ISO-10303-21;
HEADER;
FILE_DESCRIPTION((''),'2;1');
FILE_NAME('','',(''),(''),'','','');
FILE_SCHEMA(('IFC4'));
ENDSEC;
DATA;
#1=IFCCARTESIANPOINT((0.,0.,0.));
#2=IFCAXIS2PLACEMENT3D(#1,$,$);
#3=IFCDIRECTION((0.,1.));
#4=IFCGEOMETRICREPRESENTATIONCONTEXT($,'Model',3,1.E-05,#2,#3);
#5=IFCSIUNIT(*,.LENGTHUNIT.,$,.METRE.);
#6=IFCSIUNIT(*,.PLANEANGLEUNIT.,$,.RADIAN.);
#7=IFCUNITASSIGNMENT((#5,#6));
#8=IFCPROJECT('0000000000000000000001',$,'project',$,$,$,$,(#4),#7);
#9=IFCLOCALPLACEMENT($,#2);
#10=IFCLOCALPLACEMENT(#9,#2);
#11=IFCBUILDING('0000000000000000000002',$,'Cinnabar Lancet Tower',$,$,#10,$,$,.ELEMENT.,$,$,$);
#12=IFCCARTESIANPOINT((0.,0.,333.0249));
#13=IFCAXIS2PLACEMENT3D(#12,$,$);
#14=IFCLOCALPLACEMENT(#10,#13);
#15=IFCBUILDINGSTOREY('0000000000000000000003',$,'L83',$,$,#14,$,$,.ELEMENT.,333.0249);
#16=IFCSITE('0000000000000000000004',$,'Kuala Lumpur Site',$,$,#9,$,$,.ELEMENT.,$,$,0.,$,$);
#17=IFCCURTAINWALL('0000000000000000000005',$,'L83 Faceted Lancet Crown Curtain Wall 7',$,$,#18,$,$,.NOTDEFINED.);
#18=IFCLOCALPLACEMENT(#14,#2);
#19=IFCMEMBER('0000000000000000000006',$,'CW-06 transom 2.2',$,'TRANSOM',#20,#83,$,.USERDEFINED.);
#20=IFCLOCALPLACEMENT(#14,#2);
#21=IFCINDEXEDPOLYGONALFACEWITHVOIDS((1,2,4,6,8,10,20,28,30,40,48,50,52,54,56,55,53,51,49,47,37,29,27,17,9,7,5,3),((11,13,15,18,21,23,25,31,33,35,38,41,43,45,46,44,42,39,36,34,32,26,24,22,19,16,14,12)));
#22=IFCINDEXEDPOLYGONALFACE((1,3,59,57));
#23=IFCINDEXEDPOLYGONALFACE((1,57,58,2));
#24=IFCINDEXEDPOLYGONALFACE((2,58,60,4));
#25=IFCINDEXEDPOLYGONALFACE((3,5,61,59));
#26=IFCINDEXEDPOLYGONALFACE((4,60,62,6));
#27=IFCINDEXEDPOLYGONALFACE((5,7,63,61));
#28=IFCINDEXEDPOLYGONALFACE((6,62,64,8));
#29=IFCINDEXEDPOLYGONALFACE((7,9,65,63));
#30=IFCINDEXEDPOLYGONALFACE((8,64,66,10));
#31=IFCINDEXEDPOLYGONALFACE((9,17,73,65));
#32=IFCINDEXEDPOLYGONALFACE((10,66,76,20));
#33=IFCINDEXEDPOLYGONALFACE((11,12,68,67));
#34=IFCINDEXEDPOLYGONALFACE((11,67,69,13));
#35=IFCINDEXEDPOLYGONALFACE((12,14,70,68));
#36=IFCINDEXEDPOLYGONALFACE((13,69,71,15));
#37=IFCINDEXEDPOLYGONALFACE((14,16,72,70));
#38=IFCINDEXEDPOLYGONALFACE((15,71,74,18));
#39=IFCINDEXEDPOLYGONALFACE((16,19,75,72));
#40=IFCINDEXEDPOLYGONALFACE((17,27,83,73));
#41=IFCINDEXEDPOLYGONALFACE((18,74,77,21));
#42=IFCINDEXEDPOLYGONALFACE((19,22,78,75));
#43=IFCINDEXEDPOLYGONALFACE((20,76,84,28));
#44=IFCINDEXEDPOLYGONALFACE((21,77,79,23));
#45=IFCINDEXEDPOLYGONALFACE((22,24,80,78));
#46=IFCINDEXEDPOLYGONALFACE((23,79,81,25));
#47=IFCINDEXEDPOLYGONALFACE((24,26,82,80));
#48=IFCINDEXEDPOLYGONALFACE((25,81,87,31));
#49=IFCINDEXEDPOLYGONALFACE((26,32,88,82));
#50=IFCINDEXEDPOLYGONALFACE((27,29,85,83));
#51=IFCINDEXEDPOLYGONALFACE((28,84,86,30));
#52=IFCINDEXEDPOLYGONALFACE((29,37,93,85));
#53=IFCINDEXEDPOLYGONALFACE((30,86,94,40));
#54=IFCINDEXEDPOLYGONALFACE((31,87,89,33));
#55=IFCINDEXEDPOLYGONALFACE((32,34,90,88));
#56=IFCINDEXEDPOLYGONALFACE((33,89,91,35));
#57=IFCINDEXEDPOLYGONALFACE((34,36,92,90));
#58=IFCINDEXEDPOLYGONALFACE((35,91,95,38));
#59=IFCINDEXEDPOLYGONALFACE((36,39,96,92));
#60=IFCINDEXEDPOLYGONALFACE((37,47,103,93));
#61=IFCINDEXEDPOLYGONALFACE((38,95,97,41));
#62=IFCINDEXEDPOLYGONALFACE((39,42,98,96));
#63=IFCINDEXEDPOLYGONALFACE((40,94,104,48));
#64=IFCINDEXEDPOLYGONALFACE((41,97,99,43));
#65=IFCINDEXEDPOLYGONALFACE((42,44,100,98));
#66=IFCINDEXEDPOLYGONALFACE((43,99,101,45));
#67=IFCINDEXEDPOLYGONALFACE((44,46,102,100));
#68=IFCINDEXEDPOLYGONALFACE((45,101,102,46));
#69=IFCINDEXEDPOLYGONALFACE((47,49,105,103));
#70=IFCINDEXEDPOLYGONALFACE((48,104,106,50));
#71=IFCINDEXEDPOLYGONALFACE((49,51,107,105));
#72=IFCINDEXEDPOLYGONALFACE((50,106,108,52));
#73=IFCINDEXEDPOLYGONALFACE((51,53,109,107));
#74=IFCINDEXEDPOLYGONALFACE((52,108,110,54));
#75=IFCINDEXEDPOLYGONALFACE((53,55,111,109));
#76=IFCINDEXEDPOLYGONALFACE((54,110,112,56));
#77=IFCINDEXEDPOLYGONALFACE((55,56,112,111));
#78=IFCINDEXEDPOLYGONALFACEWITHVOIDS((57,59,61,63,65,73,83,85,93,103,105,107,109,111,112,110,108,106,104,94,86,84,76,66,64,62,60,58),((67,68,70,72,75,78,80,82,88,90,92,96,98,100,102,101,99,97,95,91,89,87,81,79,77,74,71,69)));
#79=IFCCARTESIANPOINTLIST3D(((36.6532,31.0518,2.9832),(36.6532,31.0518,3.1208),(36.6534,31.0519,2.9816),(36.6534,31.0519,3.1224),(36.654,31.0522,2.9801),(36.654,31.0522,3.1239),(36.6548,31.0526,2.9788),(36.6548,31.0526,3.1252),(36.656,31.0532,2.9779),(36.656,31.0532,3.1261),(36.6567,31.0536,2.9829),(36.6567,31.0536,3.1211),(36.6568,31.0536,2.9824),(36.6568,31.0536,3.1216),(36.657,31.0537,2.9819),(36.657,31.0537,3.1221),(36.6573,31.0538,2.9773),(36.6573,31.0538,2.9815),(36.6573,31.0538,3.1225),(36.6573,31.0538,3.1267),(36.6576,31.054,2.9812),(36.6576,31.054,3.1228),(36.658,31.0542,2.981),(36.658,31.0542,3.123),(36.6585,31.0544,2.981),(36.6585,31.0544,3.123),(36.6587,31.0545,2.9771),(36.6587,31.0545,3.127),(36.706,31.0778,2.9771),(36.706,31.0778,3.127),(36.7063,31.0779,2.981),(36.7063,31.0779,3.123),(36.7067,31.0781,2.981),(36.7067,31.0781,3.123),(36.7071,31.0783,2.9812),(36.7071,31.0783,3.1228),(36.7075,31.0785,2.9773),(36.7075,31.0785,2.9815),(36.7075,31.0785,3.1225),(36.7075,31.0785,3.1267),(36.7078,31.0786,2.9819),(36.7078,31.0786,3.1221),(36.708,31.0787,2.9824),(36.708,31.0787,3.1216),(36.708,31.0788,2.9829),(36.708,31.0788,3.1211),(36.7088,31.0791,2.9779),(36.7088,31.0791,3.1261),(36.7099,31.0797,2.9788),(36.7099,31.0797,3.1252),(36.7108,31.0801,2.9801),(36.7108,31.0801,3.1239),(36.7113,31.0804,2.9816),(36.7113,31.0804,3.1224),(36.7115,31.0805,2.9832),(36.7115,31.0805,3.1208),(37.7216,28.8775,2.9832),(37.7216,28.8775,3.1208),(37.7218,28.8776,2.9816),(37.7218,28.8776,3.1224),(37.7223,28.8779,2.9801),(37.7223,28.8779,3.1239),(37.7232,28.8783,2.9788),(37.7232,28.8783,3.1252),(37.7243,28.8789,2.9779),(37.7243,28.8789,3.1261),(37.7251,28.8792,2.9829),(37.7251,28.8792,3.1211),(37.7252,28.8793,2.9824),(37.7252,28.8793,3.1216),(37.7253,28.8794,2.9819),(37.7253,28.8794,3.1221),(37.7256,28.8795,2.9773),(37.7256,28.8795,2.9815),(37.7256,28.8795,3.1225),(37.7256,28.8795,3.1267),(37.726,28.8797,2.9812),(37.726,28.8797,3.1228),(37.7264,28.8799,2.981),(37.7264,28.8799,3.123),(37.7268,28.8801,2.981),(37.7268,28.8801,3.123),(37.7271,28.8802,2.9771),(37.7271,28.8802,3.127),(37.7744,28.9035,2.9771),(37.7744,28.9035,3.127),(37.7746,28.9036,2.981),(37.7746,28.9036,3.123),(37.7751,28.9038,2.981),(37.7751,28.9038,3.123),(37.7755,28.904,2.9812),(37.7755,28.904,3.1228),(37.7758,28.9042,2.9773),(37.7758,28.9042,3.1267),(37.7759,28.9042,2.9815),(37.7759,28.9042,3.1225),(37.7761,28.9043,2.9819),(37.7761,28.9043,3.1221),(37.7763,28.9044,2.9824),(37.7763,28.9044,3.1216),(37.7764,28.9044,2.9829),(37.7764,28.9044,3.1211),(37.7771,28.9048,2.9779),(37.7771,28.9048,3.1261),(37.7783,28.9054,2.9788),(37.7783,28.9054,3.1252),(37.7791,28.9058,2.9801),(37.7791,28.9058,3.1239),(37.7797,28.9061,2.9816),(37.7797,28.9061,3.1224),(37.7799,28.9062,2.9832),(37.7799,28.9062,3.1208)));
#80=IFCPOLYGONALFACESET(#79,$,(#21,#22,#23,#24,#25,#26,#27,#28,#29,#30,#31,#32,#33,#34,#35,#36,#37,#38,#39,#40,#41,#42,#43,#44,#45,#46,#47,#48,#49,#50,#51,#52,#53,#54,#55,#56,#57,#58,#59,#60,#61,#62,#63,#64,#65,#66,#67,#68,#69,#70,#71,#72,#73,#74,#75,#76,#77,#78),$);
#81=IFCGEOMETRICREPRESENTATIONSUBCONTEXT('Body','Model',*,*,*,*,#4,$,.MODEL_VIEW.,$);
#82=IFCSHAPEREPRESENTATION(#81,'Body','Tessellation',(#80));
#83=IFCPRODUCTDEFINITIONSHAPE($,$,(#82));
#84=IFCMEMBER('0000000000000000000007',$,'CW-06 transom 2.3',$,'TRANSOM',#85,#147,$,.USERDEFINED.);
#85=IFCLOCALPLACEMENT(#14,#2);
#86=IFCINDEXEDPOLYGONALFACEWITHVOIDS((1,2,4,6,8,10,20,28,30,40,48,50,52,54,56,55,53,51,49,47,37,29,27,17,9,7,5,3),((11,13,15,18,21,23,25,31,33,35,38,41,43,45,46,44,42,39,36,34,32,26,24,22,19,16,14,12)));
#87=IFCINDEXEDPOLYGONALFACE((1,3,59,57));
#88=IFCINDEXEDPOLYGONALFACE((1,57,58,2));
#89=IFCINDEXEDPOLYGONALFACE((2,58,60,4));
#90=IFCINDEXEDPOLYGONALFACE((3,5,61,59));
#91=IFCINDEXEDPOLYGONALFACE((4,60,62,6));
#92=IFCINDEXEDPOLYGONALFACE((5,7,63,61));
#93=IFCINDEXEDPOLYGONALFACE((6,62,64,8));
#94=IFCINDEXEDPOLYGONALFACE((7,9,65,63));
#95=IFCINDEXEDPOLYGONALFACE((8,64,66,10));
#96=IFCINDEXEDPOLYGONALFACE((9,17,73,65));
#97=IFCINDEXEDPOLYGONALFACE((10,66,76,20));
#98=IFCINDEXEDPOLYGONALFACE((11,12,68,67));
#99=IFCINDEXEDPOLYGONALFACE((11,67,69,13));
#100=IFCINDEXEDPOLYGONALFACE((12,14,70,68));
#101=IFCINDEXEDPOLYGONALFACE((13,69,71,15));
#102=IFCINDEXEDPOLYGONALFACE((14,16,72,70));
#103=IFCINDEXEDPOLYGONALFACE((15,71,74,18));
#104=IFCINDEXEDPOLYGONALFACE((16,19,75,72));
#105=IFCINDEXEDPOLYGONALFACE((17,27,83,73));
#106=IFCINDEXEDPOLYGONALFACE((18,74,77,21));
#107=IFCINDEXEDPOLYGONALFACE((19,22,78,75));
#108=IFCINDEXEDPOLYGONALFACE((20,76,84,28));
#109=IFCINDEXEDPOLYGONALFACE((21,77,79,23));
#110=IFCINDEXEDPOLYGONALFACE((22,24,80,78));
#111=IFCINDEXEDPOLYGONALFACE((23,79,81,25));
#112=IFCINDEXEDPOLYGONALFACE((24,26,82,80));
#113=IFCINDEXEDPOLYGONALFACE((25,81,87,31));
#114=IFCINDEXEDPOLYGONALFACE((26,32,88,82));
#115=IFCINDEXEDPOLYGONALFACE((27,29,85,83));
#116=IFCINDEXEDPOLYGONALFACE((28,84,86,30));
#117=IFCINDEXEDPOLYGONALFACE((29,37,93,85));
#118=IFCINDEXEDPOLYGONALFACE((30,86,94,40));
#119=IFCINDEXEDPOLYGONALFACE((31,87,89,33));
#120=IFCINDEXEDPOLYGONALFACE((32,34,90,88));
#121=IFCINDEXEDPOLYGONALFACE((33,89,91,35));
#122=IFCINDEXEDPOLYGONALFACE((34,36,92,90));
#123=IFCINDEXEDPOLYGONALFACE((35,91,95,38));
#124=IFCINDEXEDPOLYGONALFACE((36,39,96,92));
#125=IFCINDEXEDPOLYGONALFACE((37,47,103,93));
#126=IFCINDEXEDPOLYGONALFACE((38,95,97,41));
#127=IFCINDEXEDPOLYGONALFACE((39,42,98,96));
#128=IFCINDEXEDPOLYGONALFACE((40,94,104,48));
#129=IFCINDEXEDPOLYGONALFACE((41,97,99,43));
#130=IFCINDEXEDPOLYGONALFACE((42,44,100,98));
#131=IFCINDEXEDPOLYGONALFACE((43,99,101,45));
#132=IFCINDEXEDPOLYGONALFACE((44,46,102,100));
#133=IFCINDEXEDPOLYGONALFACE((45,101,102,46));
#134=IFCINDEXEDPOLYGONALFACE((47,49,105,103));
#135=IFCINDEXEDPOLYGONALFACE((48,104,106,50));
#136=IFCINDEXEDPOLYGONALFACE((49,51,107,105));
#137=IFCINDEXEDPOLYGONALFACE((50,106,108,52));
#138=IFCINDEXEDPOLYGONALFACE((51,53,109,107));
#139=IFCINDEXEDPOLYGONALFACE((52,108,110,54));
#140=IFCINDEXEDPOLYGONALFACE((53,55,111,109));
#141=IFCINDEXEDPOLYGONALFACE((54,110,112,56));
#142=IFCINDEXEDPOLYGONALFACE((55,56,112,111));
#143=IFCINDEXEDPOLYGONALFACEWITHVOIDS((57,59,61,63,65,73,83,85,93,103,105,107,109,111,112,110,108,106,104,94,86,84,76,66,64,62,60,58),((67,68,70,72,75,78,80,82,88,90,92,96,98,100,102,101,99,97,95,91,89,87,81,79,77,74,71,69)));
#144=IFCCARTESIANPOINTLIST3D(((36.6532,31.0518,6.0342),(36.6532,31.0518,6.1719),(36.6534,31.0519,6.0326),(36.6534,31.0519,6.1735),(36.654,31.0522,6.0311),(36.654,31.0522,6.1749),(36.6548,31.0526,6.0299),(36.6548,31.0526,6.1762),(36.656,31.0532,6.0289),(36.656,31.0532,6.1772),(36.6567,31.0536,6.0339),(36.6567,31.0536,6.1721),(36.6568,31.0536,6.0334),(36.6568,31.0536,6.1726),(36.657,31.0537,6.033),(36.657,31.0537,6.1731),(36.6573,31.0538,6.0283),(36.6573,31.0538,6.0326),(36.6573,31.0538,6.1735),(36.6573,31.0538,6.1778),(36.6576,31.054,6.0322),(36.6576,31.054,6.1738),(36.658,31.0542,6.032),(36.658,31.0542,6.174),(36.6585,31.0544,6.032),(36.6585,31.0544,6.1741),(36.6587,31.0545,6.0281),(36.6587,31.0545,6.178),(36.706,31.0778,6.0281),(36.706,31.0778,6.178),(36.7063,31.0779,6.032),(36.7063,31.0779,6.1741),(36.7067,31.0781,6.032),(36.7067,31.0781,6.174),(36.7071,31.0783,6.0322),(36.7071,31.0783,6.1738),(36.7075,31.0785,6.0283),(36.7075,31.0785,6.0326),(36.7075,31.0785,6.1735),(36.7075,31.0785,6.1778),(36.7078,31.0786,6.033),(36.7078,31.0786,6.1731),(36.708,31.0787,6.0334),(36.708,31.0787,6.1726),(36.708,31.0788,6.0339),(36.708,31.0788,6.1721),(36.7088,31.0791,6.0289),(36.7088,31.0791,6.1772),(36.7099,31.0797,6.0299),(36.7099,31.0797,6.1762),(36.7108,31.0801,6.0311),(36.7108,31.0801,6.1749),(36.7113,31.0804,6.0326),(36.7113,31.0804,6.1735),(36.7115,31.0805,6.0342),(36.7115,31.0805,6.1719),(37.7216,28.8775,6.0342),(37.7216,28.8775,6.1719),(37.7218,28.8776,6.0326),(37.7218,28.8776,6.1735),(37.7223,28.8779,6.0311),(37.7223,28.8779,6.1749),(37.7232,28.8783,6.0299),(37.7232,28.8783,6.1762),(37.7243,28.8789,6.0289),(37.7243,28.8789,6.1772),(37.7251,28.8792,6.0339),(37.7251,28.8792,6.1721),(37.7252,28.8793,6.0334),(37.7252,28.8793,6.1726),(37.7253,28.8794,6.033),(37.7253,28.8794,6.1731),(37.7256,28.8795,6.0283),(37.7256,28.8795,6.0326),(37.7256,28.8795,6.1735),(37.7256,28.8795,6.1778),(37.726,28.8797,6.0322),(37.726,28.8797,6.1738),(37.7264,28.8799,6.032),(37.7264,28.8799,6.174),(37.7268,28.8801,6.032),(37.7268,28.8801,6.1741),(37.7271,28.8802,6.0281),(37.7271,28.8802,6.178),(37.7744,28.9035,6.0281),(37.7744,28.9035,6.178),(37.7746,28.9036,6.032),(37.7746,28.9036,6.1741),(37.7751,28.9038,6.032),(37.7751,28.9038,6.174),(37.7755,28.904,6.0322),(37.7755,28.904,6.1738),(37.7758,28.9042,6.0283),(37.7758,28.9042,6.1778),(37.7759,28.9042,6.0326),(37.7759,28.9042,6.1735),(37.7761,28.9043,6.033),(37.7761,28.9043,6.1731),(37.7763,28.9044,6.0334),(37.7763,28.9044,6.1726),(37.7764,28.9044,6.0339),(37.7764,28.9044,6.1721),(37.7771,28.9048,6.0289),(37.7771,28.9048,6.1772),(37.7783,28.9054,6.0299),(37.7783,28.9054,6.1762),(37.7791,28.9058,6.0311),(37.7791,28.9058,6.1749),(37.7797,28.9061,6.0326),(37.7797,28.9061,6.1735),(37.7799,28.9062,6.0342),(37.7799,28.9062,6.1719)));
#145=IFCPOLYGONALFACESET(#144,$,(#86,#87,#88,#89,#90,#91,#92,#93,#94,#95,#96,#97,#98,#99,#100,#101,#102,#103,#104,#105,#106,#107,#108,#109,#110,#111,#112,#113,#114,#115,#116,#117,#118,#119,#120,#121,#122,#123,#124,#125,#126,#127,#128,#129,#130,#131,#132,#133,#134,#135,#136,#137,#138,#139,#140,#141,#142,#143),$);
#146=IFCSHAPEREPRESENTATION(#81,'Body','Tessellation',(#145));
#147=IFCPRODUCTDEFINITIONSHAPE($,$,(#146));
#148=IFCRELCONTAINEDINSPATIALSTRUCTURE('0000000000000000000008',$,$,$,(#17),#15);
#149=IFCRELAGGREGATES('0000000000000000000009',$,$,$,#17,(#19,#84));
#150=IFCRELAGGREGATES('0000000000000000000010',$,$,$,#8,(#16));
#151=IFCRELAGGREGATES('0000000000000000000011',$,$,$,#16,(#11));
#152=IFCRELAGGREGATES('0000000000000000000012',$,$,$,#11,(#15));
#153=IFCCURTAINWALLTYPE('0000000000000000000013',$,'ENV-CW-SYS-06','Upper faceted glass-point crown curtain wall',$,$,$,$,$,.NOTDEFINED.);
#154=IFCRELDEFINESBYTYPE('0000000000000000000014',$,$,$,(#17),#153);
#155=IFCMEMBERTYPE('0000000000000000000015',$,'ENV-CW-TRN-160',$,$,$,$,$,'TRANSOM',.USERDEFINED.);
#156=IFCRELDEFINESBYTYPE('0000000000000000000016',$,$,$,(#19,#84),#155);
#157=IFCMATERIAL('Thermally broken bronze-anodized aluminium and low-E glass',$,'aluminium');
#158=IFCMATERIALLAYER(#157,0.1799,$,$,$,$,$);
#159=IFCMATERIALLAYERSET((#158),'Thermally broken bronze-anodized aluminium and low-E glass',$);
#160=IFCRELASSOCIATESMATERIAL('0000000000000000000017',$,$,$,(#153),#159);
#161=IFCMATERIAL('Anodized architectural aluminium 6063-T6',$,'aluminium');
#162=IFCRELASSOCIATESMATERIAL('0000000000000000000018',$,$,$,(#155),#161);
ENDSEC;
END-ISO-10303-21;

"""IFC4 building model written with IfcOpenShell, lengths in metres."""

from ifc_helpers import new_model, si_unit, direction, frame, origin, origin_2d, place, context, subcontext, project, spatial, hollow_rectangle, extrude, material, layer, layer_set, material_profile, profile_set, type_object, element, aggregate, save


model = new_model("IFC4")

# Units and contexts
model_context = context("Model", 3, precision=1e-05, world=origin(), true_north=direction((0.0, 1.0)))
body_context = subcontext(model_context, "Body", "Model", "MODEL_VIEW")
ifc_project = project(units=[si_unit("LENGTHUNIT", "METRE"), si_unit("PLANEANGLEUNIT", "RADIAN")], contexts=[model_context])

# Site, building, storey
site_placement = place(None, origin())
site = spatial("IfcSite", under=ifc_project, at=site_placement, Name="Kuala Lumpur Site", CompositionType="ELEMENT", RefElevation=0.0)
building_placement = place(site_placement, origin())
building = spatial("IfcBuilding", under=site, at=building_placement, Name="Cinnabar Lancet Tower", CompositionType="ELEMENT")
storey_placement = place(building_placement, frame((0.0, 0.0, 333.0249)))
storey = spatial("IfcBuildingStorey", under=building, at=storey_placement, Name="L83", CompositionType="ELEMENT", Elevation=333.0249)

# Curtain wall
ifc_material_1 = material(Name="Thermally broken bronze-anodized aluminium and low-E glass", Category="aluminium")
ifc_layer_1 = layer(ifc_material_1, 0.1799)
ifc_layer_set_1 = layer_set([ifc_layer_1], Name="Thermally broken bronze-anodized aluminium and low-E glass")
curtain_wall_type = type_object("IfcCurtainWallType", Name="ENV-CW-SYS-06", Description="Upper faceted glass-point crown curtain wall", PredefinedType="NOTDEFINED", material=ifc_layer_set_1)
curtain_wall_1_placement = place(storey_placement, origin())
curtain_wall_1 = element("IfcCurtainWall", 1, at=curtain_wall_1_placement, inside=storey, type_object=curtain_wall_type, Name="L83 Faceted Lancet Crown Curtain Wall 7", PredefinedType="NOTDEFINED")

# Members
ifc_material_2 = material(Name="Anodized architectural aluminium 6063-T6", Category="aluminium")
ifc_material_profile_1 = material_profile(ifc_material_2, hollow_rectangle(XDim=0.0649, YDim=0.1499, WallThickness=0.0039, InnerFilletRadius=0.002, OuterFilletRadius=0.0061, at=origin_2d()), Name="CW-TRN 150x65x4")
ifc_profile_set_1 = profile_set([ifc_material_profile_1], Name="Anodized architectural aluminium 6063-T6")
member_type_1 = type_object("IfcMemberType", Name="ENV-CW-TRN-160", ElementType="TRANSOM", PredefinedType="USERDEFINED", material=ifc_profile_set_1)
member_1_placement = place(storey_placement, frame((37.7507, 28.8918, 3.052), z_axis=(-0.440995, 0.89751, 0.0), x_axis=(-0.89751, -0.440995, 0.0)))
member_1 = element("IfcMember", 2, at=member_1_placement, type_object=member_type_1, Name="CW-06 transom 2.2", ObjectType="TRANSOM", PredefinedType="USERDEFINED", context=body_context, shape_type="SweptSolid", body=[
    extrude(hollow_rectangle(XDim=0.0649, YDim=0.1499, WallThickness=0.0039, InnerFilletRadius=0.002, OuterFilletRadius=0.0061, at=origin_2d()), origin(), (0.0, 0.0, 1.0), 2.4226),
])
member_2_placement = place(storey_placement, frame((37.7507, 28.8918, 6.103), z_axis=(-0.440995, 0.89751, 0.0), x_axis=(-0.89751, -0.440995, 0.0)))
member_2 = element("IfcMember", 3, at=member_2_placement, type_object=member_type_1, Name="CW-06 transom 2.3", ObjectType="TRANSOM", PredefinedType="USERDEFINED", context=body_context, shape_type="SweptSolid", body=[
    extrude(hollow_rectangle(XDim=0.0649, YDim=0.1499, WallThickness=0.0039, InnerFilletRadius=0.002, OuterFilletRadius=0.0061, at=origin_2d()), origin(), (0.0, 0.0, 1.0), 2.4226),
])

aggregate(curtain_wall_1, [member_1, member_2])

save(model, "model.ifc")
